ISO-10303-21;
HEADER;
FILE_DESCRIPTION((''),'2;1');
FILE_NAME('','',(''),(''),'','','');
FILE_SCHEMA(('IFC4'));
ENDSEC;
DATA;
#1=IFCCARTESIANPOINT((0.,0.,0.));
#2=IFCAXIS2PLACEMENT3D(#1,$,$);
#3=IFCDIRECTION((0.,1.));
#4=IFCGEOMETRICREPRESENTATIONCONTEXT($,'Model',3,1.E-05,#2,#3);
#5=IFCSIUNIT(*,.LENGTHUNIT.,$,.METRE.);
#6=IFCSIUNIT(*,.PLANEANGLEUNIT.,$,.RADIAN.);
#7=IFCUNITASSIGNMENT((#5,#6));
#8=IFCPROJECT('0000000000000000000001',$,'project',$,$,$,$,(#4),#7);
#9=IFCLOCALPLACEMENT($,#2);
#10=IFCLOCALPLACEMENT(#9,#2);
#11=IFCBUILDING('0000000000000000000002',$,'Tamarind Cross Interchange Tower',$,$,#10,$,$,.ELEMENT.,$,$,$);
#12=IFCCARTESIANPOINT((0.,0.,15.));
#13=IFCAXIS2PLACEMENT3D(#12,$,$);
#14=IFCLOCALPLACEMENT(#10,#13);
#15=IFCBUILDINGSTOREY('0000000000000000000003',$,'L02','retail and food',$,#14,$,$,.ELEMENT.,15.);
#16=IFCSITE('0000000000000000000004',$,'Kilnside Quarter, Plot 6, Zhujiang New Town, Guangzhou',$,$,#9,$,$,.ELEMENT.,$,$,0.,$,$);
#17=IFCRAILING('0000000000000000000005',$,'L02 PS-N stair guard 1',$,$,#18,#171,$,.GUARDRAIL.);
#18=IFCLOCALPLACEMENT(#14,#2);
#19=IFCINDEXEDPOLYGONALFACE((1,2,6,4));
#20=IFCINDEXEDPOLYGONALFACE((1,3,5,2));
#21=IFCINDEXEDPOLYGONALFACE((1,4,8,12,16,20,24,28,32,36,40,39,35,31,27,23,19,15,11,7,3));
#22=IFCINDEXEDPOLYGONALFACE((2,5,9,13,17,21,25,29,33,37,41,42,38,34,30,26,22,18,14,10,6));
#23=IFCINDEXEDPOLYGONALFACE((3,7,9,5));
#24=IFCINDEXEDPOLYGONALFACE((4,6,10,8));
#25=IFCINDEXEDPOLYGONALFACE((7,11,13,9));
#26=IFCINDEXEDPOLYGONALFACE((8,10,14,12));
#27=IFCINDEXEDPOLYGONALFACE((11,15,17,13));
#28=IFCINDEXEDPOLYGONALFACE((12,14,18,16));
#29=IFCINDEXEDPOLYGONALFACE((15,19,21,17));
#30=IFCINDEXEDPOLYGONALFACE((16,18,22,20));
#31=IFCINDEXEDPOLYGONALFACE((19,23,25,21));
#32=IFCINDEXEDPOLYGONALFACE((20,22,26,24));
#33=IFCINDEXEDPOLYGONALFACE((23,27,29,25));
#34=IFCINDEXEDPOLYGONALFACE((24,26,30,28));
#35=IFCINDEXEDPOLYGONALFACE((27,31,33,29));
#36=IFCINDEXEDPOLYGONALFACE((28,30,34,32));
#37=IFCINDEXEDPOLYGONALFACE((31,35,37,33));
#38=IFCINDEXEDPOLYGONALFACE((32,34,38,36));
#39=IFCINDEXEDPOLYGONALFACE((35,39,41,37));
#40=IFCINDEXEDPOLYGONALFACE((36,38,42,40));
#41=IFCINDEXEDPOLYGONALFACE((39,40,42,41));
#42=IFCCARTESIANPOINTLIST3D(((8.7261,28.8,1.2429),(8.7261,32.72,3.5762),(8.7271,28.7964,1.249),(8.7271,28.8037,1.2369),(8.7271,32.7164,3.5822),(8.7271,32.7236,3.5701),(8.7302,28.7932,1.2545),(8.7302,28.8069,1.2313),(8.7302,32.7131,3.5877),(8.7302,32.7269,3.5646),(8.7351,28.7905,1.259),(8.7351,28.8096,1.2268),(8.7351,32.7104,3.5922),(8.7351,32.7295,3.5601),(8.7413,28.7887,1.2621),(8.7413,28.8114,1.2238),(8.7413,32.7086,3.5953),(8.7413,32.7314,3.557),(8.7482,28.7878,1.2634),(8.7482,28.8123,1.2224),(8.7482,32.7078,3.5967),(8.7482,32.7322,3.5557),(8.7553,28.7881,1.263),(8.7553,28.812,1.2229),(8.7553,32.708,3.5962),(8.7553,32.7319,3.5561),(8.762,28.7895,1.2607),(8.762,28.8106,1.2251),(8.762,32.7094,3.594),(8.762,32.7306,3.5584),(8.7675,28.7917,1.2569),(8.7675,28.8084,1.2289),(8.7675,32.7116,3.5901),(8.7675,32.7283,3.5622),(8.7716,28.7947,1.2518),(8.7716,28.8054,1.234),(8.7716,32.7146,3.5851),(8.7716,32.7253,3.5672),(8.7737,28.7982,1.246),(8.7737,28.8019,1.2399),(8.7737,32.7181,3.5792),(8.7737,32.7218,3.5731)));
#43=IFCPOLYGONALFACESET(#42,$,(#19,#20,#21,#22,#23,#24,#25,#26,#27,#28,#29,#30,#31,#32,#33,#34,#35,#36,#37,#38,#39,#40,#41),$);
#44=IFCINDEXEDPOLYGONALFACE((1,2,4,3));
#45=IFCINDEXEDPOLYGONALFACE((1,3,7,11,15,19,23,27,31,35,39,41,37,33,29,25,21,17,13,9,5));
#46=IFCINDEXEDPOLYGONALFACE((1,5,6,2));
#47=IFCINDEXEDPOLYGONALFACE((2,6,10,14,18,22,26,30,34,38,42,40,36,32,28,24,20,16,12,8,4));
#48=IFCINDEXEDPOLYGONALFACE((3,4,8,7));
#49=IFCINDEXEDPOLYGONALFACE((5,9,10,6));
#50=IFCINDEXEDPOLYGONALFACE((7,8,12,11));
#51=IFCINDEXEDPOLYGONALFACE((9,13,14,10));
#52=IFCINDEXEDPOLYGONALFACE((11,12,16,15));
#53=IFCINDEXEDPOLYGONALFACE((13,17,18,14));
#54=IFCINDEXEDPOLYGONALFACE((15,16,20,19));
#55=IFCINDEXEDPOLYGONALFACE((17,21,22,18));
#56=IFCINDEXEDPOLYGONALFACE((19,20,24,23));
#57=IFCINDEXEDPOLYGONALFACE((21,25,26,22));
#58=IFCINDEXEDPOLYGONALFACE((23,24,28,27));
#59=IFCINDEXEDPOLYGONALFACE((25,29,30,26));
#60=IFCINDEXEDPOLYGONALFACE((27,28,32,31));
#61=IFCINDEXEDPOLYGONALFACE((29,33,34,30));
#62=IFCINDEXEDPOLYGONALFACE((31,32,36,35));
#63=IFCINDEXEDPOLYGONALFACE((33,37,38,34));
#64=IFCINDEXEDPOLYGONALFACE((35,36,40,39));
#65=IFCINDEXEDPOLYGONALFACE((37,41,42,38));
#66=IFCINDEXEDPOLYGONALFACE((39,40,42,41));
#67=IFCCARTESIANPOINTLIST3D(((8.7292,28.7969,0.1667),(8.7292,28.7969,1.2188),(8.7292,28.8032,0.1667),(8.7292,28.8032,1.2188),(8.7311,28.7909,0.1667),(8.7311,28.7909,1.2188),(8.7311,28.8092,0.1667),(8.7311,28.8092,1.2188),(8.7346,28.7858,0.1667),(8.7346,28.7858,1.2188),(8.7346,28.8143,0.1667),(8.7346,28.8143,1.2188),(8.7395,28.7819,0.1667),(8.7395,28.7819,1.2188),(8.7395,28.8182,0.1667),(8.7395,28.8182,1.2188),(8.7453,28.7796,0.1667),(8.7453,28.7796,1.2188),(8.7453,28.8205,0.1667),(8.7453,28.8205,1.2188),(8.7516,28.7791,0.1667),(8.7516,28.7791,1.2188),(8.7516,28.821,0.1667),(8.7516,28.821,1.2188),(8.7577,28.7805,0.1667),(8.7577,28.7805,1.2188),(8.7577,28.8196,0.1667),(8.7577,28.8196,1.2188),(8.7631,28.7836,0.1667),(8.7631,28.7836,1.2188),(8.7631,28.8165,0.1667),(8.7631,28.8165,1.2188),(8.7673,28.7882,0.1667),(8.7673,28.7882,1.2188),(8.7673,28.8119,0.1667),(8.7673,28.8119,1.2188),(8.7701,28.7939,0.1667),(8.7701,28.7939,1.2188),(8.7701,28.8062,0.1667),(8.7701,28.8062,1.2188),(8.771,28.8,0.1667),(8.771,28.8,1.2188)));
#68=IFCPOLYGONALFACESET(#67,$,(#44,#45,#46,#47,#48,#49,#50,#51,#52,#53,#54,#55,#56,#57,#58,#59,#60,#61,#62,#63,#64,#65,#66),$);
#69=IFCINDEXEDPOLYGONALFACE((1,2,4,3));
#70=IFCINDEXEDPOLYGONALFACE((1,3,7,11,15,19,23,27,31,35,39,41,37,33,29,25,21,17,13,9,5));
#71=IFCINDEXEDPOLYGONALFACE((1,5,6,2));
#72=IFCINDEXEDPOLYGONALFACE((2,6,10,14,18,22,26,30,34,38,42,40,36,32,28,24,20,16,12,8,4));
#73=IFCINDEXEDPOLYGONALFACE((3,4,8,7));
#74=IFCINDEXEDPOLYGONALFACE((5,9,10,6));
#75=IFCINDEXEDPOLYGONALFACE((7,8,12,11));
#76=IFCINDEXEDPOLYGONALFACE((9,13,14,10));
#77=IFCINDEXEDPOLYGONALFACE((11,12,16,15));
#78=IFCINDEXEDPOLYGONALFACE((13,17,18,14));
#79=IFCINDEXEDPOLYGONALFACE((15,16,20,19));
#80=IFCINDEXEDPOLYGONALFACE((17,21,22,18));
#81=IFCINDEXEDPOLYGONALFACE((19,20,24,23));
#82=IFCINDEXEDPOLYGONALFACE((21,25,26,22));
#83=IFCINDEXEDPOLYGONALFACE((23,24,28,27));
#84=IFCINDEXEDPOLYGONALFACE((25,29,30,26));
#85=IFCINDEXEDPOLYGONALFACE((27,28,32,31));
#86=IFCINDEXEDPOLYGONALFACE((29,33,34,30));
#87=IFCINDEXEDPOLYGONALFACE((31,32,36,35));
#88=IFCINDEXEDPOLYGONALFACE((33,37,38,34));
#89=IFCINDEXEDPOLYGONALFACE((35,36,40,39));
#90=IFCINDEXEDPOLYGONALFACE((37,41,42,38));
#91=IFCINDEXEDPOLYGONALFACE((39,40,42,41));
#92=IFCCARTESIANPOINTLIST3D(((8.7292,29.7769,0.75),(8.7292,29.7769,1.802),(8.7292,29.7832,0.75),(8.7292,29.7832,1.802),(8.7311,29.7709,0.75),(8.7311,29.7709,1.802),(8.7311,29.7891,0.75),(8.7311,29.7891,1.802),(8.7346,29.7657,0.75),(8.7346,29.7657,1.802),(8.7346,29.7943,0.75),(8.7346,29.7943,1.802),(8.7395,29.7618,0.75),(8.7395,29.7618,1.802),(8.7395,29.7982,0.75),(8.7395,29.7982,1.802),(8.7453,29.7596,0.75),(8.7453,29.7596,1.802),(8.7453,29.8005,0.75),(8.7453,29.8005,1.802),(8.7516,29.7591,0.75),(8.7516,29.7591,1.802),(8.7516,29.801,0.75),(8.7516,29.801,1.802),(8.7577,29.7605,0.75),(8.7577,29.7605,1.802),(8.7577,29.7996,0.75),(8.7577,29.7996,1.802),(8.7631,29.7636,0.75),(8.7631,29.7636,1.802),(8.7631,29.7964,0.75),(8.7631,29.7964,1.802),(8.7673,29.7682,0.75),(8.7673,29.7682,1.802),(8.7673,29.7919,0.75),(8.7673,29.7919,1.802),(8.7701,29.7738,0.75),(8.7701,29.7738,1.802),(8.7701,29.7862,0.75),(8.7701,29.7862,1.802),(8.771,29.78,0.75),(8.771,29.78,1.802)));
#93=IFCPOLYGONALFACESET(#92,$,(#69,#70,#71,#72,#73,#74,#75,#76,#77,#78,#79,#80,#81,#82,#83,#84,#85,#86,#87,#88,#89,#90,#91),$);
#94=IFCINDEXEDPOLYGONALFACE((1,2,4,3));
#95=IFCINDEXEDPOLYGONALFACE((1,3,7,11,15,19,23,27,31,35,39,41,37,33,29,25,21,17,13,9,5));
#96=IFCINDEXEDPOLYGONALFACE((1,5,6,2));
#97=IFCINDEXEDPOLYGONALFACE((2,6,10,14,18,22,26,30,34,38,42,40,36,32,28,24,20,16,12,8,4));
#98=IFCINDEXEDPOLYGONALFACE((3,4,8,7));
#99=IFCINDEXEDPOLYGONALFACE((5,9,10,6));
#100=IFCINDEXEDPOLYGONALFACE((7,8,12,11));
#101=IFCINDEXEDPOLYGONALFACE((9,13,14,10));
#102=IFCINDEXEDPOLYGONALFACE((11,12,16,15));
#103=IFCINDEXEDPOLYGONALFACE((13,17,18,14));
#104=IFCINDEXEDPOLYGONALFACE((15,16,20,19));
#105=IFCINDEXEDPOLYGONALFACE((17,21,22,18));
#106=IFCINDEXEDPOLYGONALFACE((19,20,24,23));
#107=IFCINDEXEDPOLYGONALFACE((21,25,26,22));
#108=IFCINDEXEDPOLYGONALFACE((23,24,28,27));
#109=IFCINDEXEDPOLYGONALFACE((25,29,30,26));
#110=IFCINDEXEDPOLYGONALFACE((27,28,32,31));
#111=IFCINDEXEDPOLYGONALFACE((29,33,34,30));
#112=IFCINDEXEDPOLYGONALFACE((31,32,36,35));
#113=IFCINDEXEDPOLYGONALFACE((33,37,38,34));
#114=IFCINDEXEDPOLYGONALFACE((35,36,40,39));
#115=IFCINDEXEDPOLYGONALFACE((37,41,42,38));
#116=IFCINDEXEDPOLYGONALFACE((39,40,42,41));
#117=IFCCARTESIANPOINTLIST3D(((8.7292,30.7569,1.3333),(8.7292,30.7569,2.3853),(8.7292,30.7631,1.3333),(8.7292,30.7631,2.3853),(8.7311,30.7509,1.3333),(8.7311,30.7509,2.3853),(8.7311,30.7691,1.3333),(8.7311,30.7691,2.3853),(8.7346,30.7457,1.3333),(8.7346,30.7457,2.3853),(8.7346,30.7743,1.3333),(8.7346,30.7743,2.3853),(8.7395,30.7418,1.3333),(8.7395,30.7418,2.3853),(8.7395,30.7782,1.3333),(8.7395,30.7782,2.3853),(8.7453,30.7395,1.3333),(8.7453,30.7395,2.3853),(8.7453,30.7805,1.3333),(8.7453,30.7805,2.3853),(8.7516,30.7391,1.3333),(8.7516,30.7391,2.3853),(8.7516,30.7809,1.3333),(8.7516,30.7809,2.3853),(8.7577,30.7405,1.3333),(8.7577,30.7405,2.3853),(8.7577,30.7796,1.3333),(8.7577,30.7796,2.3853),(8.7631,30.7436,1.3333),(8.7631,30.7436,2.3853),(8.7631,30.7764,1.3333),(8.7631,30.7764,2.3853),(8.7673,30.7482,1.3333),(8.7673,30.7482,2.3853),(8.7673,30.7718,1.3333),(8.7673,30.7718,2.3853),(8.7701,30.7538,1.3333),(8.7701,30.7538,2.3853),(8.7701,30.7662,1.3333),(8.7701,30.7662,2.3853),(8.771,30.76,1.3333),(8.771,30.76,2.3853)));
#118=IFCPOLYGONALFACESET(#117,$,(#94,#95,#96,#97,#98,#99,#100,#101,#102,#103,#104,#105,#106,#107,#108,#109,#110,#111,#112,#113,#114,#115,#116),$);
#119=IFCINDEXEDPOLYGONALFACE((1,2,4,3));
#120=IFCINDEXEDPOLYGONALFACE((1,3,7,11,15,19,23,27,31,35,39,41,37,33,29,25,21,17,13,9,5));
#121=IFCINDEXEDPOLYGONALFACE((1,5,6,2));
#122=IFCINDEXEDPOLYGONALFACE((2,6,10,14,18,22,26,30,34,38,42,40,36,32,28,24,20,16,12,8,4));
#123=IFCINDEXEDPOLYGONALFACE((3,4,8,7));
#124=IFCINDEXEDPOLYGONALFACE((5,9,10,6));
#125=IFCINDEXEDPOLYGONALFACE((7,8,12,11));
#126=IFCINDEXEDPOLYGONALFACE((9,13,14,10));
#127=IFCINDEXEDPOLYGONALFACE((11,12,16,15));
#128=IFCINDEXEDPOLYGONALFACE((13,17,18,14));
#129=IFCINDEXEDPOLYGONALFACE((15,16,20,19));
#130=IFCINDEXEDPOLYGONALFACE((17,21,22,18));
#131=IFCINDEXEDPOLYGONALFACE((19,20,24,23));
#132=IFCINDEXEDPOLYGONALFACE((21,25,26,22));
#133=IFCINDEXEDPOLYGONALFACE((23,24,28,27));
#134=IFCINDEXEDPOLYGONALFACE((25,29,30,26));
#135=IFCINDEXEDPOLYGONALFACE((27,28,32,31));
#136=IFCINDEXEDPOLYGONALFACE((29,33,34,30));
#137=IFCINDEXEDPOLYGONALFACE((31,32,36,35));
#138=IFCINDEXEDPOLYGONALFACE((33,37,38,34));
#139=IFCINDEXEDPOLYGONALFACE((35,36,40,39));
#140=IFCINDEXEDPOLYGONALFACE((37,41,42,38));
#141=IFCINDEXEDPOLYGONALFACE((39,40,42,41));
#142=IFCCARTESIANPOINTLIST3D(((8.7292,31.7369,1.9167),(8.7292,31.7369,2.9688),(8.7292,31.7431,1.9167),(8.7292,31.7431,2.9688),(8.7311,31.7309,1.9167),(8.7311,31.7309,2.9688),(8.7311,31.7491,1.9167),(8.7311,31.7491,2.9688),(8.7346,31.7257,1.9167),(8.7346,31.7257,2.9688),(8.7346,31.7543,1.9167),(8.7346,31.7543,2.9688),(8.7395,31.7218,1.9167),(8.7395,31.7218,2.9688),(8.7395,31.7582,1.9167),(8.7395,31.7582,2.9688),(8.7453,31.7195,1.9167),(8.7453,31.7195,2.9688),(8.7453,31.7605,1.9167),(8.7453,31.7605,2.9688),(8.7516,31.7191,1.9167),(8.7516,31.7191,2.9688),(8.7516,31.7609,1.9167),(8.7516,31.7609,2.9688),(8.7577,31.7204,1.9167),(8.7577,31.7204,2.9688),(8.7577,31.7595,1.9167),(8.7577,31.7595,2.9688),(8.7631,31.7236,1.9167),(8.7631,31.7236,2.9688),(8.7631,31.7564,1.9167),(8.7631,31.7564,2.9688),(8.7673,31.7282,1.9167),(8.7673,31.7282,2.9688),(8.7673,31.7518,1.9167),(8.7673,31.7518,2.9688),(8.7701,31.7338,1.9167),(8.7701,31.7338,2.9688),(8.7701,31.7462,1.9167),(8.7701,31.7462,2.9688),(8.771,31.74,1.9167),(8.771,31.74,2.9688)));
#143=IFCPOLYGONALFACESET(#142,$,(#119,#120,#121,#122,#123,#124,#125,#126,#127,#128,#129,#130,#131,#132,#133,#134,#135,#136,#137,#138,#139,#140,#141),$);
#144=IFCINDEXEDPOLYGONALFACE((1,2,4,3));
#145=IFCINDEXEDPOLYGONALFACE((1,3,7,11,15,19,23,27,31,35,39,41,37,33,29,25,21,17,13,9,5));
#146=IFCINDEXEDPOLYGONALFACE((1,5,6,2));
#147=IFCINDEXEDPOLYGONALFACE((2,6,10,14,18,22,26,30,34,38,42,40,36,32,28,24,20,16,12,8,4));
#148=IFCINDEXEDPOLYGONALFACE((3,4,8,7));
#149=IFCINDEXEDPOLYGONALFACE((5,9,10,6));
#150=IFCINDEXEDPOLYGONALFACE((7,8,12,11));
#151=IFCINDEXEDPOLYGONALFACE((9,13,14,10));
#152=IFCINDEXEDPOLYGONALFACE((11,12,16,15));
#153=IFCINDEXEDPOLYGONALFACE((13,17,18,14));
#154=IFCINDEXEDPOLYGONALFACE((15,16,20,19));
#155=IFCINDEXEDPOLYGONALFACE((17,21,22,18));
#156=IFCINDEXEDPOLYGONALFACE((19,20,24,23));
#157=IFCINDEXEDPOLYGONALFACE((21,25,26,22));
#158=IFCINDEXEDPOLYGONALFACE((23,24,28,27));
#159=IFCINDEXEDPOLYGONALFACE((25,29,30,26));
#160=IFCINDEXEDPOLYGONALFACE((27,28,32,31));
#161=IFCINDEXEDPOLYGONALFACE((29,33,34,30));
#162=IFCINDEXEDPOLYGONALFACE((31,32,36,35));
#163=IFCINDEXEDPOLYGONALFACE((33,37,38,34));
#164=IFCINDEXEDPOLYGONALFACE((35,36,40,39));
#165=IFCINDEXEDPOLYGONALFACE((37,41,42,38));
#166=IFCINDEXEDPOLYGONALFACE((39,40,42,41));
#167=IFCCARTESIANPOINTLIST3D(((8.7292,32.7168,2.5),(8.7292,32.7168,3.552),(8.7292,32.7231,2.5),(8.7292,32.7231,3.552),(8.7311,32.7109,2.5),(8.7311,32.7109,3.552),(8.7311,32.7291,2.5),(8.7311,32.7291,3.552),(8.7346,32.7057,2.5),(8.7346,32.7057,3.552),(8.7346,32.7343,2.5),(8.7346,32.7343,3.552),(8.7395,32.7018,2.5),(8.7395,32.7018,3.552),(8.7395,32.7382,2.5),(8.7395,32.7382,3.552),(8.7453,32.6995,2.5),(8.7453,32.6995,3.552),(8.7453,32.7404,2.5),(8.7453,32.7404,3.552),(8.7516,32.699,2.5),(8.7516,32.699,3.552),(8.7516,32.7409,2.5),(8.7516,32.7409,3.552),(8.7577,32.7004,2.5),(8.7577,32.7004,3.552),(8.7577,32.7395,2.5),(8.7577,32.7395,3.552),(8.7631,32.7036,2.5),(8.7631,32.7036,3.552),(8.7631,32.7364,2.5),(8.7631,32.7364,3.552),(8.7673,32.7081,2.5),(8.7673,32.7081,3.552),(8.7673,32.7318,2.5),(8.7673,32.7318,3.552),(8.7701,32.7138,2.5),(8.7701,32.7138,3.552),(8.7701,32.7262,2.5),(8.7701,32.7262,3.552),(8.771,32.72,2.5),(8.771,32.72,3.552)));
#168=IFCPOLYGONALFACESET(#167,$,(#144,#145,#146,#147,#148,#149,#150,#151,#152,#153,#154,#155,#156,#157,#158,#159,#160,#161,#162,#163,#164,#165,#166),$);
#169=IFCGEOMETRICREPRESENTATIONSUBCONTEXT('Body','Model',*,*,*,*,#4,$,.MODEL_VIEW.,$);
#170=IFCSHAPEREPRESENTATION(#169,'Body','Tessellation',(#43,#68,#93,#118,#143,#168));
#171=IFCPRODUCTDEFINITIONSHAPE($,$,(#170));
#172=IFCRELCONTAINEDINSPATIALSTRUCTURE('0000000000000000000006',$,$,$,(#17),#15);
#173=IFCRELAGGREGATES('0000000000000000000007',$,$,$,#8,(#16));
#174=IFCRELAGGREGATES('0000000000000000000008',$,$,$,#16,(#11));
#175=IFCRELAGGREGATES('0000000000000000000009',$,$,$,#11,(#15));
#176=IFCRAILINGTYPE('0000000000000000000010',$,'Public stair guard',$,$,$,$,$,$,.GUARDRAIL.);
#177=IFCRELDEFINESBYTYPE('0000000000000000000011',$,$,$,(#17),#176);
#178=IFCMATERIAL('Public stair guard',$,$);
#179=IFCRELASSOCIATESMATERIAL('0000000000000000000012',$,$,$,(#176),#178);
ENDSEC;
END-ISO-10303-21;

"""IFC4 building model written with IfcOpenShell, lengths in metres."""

from ifc_helpers import new_model, si_unit, direction, frame, origin, origin_2d, place, context, subcontext, project, spatial, circle, extrude, material, type_object, element, save


model = new_model("IFC4")

# Units and contexts
model_context = context("Model", 3, precision=1e-05, world=origin(), true_north=direction((0.0, 1.0)))
body_context = subcontext(model_context, "Body", "Model", "MODEL_VIEW")
ifc_project = project(units=[si_unit("LENGTHUNIT", "METRE"), si_unit("PLANEANGLEUNIT", "RADIAN")], contexts=[model_context])

# Site, building, storey
site_placement = place(None, origin())
site = spatial("IfcSite", under=ifc_project, at=site_placement, Name="Kilnside Quarter, Plot 6, Zhujiang New Town, Guangzhou", CompositionType="ELEMENT", RefElevation=0.0)
building_placement = place(site_placement, origin())
building = spatial("IfcBuilding", under=site, at=building_placement, Name="Tamarind Cross Interchange Tower", CompositionType="ELEMENT")
storey_placement = place(building_placement, frame((0.0, 0.0, 15.0)))
storey = spatial("IfcBuildingStorey", under=building, at=storey_placement, Name="L02", Description="retail and food", CompositionType="ELEMENT", Elevation=15.0)

# Railing
ifc_material_1 = material(Name="Public stair guard")
railing_type_1 = type_object("IfcRailingType", Name="Public stair guard", PredefinedType="GUARDRAIL", material=ifc_material_1)
railing_1_placement = place(storey_placement, frame((8.75, 28.8, 0.1667)))
element("IfcRailing", 1, at=railing_1_placement, inside=storey, type_object=railing_type_1, Name="L02 PS-N stair guard 1", PredefinedType="GUARDRAIL", context=body_context, shape_type="SweptSolid", body=[
    extrude(circle(Radius=0.0239, at=origin_2d()), frame((0.0, 0.0, 1.0762), z_axis=(0.0, 0.859296, 0.511478), x_axis=(-1.0, 0.0, 0.0)), (0.0, 0.0, 1.0), 4.5618),
    extrude(circle(Radius=0.021, at=origin_2d()), origin(), (0.0, 0.0, 1.0), 1.052),
    extrude(circle(Radius=0.021, at=origin_2d()), frame((0.0, 0.98, 0.5833)), (0.0, 0.0, 1.0), 1.052),
    extrude(circle(Radius=0.021, at=origin_2d()), frame((0.0, 1.96, 1.1665)), (0.0, 0.0, 1.0), 1.052),
    extrude(circle(Radius=0.021, at=origin_2d()), frame((0.0, 2.9399, 1.75)), (0.0, 0.0, 1.0), 1.052),
    extrude(circle(Radius=0.021, at=origin_2d()), frame((0.0, 3.9199, 2.3333)), (0.0, 0.0, 1.0), 1.052),
])

save(model, "model.ifc")
